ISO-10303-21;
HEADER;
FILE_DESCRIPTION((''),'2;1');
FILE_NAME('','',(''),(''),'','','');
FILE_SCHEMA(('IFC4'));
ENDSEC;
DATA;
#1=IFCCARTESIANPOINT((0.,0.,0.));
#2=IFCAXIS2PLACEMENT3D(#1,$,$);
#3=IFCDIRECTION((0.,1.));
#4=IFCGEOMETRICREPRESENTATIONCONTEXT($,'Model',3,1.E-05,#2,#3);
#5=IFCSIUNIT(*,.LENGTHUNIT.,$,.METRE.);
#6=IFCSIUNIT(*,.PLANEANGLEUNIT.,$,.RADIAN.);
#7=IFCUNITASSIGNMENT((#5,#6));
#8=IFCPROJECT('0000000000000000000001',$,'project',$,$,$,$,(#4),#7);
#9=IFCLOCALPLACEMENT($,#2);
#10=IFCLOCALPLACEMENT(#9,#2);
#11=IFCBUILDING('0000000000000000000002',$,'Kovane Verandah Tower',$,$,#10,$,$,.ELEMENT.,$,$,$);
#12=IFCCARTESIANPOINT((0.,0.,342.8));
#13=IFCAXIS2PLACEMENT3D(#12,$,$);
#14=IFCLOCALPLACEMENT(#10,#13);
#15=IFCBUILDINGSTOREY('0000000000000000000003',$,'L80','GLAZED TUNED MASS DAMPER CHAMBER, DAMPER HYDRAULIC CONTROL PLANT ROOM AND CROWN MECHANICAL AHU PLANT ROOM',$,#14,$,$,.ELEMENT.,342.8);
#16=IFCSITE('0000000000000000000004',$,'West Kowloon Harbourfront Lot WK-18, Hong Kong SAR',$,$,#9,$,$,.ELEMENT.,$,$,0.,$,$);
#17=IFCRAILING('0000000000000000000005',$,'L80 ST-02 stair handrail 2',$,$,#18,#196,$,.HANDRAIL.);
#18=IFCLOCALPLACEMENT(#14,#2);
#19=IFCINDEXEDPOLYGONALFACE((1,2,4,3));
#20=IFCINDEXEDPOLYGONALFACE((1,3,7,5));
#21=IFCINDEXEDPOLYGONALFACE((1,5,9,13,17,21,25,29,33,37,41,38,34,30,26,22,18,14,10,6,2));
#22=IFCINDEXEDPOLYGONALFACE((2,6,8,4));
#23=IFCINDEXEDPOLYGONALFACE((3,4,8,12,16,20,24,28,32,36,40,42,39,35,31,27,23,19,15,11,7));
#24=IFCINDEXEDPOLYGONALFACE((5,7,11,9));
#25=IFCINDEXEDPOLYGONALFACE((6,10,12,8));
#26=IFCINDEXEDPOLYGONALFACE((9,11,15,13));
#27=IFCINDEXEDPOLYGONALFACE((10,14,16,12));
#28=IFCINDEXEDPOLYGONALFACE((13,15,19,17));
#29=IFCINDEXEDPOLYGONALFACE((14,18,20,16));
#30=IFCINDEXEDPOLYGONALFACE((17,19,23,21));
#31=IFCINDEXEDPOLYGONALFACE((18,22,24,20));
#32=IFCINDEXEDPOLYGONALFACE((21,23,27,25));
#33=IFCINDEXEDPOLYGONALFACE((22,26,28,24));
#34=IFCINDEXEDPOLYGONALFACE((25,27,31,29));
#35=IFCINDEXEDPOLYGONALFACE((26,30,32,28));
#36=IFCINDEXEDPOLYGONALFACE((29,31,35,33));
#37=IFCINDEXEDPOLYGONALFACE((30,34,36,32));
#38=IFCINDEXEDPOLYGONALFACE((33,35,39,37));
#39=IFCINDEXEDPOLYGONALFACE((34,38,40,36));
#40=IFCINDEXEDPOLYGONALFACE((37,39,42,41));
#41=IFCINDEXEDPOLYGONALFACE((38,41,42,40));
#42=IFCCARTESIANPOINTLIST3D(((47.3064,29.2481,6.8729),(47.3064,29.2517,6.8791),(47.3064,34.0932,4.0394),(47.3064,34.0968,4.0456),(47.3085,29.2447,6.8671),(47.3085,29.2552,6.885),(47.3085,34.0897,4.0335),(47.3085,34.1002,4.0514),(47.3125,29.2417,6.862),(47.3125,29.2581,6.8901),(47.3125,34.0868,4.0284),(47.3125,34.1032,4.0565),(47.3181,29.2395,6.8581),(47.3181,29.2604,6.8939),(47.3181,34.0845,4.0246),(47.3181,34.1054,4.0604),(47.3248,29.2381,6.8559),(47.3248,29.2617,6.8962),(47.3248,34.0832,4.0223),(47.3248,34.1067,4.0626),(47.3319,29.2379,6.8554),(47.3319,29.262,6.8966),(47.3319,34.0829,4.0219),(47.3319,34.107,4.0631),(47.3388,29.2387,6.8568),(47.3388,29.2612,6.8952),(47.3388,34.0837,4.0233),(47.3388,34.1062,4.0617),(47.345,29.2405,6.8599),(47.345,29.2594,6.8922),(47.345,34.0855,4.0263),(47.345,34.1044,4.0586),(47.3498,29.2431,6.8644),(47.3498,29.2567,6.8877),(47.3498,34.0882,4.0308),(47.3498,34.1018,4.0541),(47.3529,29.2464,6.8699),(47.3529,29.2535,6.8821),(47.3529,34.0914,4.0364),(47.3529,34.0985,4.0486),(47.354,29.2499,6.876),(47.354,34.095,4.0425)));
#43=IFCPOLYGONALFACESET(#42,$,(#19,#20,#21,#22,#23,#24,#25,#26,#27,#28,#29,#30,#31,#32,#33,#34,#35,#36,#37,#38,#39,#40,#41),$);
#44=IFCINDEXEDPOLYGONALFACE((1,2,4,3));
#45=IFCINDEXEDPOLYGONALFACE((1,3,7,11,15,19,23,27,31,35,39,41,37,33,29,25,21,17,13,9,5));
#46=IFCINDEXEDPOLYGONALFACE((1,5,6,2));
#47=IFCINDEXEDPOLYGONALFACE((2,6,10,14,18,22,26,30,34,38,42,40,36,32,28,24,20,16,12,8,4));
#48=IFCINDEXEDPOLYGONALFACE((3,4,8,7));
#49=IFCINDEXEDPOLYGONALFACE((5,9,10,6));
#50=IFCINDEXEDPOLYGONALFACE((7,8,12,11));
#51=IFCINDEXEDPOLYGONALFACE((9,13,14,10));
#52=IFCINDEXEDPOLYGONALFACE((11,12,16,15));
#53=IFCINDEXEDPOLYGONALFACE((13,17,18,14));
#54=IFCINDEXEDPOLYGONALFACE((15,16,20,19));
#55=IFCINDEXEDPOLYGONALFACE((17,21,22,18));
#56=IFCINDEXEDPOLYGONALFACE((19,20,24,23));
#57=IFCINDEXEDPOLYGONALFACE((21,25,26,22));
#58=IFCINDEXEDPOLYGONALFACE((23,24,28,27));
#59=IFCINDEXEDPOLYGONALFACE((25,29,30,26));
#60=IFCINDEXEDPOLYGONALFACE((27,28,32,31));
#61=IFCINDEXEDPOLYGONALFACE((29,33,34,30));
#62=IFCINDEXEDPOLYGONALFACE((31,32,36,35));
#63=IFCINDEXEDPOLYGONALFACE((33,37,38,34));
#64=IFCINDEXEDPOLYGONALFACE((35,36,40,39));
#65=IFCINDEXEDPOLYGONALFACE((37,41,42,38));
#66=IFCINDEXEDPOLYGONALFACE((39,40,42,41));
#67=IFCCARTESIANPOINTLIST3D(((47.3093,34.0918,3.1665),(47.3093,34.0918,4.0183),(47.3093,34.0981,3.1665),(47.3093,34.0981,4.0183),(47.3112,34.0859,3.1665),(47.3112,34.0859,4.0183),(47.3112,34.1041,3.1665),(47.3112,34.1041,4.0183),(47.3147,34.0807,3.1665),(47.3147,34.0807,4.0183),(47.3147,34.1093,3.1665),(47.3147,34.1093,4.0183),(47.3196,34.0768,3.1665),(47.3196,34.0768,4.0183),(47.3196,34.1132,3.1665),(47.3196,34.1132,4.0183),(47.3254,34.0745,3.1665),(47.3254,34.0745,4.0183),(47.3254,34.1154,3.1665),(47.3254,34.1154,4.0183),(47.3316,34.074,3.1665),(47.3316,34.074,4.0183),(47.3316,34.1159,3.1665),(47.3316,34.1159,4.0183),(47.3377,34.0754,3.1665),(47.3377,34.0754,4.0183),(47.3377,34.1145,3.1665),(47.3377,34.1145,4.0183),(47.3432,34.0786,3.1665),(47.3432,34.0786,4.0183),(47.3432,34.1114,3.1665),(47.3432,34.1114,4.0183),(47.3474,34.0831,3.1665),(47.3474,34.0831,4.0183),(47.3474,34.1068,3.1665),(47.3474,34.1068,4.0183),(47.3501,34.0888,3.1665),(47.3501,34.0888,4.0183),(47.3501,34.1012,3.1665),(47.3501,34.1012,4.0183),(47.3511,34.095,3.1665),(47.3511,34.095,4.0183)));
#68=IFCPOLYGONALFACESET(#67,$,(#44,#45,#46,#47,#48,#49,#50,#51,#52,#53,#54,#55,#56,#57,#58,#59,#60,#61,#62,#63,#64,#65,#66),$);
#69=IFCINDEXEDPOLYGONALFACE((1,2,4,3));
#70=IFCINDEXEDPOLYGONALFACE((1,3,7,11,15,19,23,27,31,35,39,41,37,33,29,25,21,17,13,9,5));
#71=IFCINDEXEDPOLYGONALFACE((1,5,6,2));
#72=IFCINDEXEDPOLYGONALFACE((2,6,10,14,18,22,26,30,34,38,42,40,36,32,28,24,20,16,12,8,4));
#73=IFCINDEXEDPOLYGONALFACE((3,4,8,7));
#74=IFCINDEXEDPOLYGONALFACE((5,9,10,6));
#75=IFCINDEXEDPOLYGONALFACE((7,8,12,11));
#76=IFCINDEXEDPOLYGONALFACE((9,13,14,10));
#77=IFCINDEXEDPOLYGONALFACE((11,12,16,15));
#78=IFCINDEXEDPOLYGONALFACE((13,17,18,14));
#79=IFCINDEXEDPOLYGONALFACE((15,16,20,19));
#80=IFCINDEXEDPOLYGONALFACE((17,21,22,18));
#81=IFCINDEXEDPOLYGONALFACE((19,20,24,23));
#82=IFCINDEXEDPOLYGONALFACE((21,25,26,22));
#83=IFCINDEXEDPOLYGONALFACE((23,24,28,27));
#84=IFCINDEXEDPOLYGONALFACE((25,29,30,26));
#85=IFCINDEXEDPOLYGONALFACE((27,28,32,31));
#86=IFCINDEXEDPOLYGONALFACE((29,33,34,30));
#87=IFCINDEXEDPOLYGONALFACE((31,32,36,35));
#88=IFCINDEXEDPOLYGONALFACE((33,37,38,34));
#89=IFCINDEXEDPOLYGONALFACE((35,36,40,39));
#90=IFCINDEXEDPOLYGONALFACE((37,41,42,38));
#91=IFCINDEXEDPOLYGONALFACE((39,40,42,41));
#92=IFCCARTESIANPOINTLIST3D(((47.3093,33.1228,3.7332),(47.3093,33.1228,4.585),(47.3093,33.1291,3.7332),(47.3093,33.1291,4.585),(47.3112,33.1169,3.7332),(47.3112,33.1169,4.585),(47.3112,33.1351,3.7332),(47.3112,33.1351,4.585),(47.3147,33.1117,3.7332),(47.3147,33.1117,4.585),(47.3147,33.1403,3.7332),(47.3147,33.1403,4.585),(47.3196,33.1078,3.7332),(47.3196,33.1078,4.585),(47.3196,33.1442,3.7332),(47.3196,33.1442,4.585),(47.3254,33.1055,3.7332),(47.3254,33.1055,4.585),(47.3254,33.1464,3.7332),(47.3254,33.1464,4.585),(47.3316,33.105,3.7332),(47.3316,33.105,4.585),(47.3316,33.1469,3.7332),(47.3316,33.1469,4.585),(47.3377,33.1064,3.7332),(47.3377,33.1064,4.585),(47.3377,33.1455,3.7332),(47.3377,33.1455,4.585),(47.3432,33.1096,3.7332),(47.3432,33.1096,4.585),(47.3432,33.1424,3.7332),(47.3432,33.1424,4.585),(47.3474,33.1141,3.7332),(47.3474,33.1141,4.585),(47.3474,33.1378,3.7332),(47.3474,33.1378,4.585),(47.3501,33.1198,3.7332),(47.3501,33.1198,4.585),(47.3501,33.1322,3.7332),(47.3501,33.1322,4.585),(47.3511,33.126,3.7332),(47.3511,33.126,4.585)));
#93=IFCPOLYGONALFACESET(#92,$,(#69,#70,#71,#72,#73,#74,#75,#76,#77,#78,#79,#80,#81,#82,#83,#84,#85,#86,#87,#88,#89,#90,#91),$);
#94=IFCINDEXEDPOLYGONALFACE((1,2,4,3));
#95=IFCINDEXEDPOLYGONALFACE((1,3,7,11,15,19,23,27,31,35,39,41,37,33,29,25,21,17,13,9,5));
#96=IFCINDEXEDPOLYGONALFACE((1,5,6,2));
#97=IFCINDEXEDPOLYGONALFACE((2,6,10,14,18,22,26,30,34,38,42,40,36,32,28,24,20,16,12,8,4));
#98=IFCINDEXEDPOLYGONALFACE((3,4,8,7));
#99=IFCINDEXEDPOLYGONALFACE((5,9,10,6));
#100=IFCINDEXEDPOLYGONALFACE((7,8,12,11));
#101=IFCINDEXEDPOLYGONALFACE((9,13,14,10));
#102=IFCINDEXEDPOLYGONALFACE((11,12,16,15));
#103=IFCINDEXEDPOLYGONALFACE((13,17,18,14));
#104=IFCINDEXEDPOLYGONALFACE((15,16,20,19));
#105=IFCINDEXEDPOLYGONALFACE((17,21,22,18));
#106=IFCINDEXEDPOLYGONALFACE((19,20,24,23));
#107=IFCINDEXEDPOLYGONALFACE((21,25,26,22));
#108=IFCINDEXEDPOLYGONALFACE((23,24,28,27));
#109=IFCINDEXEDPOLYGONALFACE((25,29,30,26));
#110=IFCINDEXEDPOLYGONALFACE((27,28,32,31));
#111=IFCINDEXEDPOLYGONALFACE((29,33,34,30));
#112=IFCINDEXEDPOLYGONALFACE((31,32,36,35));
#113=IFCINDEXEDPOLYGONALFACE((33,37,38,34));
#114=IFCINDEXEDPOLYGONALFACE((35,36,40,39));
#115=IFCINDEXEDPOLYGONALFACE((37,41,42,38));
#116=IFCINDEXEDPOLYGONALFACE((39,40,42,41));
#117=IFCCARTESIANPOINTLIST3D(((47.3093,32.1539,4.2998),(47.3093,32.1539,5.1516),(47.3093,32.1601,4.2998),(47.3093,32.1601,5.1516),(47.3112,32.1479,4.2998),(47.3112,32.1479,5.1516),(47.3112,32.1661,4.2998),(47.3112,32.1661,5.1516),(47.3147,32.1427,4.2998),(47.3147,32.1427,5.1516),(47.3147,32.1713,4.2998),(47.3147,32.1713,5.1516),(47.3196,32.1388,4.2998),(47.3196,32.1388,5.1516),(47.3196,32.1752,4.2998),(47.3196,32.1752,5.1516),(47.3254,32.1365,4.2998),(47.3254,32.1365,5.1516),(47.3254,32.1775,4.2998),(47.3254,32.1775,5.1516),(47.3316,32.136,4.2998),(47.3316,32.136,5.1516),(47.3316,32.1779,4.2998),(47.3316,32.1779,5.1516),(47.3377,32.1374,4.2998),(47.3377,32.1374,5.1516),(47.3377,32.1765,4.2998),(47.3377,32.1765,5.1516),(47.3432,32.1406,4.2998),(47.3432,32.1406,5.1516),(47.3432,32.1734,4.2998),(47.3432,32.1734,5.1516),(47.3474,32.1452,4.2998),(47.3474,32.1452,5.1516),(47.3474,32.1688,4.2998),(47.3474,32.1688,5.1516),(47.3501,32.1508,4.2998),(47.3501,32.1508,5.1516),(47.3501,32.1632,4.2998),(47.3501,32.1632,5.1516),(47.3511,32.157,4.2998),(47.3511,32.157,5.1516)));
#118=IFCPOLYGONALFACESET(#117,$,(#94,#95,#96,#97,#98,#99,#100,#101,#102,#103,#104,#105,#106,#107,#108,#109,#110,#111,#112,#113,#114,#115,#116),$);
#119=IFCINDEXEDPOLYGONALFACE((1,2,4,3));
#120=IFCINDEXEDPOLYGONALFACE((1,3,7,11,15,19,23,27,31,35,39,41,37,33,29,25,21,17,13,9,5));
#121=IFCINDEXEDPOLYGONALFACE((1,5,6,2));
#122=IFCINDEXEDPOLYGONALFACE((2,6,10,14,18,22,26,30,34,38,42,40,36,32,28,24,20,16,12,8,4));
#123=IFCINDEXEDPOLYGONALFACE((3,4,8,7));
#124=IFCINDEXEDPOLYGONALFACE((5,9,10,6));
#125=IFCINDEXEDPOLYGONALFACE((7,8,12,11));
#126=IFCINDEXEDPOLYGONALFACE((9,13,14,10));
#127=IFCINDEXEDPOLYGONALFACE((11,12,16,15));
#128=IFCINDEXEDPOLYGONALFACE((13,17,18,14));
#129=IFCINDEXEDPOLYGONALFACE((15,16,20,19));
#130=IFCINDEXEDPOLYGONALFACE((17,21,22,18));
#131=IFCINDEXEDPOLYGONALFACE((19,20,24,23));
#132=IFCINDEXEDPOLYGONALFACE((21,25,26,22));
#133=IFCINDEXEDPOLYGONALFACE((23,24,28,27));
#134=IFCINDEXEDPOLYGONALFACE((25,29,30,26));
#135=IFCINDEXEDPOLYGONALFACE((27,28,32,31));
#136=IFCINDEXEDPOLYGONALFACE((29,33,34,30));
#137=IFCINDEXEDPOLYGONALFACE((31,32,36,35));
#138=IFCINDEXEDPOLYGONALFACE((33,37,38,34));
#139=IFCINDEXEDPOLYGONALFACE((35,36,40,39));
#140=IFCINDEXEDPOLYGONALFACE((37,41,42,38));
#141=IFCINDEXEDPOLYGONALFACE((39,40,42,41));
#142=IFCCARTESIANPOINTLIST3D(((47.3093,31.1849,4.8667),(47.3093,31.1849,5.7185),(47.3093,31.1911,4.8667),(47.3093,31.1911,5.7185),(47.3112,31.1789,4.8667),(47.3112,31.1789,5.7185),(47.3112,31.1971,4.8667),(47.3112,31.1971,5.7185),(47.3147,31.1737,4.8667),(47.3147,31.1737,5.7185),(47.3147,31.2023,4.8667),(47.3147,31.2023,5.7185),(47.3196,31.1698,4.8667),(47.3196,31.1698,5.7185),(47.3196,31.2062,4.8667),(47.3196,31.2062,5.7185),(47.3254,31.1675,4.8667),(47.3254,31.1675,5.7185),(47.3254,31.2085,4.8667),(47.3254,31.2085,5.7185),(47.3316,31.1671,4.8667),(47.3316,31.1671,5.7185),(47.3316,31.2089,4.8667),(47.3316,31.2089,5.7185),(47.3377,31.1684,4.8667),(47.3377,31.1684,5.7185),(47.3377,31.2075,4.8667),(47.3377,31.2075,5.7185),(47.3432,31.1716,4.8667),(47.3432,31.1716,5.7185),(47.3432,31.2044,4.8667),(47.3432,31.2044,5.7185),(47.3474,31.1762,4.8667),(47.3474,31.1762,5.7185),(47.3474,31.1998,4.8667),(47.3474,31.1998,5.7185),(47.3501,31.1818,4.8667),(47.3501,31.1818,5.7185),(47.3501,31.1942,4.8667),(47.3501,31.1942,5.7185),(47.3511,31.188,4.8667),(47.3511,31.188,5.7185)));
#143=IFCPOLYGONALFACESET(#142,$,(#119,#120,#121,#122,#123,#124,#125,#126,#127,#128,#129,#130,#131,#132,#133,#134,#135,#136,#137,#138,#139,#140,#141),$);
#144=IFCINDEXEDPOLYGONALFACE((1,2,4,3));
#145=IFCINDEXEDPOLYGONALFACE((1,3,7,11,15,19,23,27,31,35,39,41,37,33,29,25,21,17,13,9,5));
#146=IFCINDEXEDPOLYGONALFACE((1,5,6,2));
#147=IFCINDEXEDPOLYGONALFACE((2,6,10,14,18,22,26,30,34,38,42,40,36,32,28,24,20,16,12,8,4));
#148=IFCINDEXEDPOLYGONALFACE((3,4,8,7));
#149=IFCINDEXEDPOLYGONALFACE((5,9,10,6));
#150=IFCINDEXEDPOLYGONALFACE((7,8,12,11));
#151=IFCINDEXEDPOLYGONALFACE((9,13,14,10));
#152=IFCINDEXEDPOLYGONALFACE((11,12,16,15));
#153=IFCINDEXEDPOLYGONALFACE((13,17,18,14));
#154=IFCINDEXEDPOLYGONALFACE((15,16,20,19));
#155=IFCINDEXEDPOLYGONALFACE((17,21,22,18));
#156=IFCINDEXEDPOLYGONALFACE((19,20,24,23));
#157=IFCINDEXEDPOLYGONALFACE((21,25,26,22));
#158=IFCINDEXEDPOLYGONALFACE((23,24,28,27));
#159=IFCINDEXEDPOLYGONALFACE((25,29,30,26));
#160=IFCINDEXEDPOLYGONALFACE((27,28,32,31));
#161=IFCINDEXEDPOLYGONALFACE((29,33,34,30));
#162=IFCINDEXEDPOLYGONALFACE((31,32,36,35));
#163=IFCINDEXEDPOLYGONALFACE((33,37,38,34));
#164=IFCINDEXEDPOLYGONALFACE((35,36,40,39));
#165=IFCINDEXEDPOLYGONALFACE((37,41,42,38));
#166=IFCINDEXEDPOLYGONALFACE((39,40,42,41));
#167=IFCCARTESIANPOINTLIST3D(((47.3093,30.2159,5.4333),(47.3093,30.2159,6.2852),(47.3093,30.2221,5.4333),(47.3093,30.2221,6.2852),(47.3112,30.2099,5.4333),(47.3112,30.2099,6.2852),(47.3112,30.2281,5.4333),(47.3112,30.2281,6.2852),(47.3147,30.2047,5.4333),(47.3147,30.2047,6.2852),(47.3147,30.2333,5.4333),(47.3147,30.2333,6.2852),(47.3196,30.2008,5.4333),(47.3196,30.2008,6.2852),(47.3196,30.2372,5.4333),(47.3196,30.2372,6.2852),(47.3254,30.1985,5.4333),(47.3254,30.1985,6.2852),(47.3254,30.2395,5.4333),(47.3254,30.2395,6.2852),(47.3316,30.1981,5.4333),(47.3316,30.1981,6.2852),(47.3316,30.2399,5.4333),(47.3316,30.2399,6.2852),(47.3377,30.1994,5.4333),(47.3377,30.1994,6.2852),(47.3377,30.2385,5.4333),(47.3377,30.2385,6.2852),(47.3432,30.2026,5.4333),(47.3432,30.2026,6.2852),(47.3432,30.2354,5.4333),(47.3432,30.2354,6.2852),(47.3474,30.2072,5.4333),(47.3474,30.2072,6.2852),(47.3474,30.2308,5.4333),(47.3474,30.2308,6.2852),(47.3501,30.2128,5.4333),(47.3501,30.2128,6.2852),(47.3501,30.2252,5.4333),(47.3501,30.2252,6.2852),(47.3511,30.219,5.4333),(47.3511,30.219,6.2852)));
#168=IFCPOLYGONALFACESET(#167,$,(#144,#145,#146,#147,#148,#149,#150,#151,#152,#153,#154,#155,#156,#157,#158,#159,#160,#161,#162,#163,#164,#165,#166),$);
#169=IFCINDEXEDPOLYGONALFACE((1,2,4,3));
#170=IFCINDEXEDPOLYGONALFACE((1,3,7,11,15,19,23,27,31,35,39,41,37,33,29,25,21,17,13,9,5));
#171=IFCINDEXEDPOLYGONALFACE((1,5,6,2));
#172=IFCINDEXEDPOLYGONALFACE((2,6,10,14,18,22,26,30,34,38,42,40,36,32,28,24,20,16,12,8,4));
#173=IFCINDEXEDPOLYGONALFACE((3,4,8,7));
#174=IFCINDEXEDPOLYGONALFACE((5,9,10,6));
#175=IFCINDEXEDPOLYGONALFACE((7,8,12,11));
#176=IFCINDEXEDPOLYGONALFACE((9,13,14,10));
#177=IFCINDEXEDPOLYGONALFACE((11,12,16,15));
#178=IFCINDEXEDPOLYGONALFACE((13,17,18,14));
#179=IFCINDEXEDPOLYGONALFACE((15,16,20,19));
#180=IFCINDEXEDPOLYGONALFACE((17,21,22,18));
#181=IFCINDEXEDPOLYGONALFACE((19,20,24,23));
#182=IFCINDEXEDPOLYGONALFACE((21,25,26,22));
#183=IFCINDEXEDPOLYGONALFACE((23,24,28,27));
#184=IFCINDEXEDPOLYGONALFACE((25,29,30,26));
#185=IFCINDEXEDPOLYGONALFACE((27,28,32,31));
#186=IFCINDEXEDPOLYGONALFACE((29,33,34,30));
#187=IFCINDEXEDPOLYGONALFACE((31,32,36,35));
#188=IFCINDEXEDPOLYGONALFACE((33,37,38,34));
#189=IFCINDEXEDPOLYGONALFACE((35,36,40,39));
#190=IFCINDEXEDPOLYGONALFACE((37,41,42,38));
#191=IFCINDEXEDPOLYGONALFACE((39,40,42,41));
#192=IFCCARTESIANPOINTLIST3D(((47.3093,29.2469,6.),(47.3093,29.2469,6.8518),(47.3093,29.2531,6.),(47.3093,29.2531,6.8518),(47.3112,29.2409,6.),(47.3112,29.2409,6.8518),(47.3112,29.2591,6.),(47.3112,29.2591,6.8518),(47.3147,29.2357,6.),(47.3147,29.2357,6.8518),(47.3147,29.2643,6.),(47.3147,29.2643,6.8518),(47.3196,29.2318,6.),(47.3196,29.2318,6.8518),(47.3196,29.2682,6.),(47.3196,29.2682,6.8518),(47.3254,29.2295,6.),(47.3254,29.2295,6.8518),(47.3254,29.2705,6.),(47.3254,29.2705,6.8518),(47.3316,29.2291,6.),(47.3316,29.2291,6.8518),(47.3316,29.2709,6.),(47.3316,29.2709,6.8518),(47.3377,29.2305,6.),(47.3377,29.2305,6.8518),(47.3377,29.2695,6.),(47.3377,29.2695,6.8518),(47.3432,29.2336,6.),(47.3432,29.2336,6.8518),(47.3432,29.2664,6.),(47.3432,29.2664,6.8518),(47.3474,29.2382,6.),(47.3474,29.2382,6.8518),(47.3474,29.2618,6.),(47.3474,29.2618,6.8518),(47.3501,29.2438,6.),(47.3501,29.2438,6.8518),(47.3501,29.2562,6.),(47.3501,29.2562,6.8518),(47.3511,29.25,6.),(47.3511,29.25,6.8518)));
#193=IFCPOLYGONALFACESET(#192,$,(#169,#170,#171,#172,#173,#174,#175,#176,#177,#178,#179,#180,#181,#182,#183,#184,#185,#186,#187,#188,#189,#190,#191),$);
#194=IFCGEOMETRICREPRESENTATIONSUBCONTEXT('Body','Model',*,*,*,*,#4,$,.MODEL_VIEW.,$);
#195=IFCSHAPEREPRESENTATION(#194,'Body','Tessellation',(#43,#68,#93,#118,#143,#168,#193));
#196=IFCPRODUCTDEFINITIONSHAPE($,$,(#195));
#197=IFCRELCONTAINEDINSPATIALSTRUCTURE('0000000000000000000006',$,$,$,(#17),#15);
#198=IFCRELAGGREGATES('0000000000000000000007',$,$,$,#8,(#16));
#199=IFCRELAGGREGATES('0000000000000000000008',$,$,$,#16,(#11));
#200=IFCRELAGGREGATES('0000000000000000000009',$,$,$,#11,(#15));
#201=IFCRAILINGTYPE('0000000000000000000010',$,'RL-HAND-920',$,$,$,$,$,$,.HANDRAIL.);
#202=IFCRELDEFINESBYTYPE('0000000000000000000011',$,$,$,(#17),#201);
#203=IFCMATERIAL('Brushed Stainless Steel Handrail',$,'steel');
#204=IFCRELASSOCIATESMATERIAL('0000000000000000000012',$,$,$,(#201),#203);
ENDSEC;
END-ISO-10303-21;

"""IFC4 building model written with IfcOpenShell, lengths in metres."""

from ifc_helpers import new_model, si_unit, direction, frame, origin, origin_2d, place, context, subcontext, project, spatial, circle, extrude, material, type_object, element, save


model = new_model("IFC4")

# Units and contexts
model_context = context("Model", 3, precision=1e-05, world=origin(), true_north=direction((0.0, 1.0)))
body_context = subcontext(model_context, "Body", "Model", "MODEL_VIEW")
ifc_project = project(units=[si_unit("LENGTHUNIT", "METRE"), si_unit("PLANEANGLEUNIT", "RADIAN")], contexts=[model_context])

# Site, building, storey
site_placement = place(None, origin())
site = spatial("IfcSite", under=ifc_project, at=site_placement, Name="West Kowloon Harbourfront Lot WK-18, Hong Kong SAR", CompositionType="ELEMENT", RefElevation=0.0)
building_placement = place(site_placement, origin())
building = spatial("IfcBuilding", under=site, at=building_placement, Name="Kovane Verandah Tower", CompositionType="ELEMENT")
storey_placement = place(building_placement, frame((0.0, 0.0, 342.8)))
storey = spatial("IfcBuildingStorey", under=building, at=storey_placement, Name="L80", Description="GLAZED TUNED MASS DAMPER CHAMBER, DAMPER HYDRAULIC CONTROL PLANT ROOM AND CROWN MECHANICAL AHU PLANT ROOM", CompositionType="ELEMENT", Elevation=342.8)

# Railing
ifc_material_1 = material(Name="Brushed Stainless Steel Handrail", Category="steel")
railing_type_1 = type_object("IfcRailingType", Name="RL-HAND-920", PredefinedType="HANDRAIL", material=ifc_material_1)
railing_1_placement = place(storey_placement, frame((47.3301, 34.095, 3.1665)))
element("IfcRailing", 1, at=railing_1_placement, inside=storey, type_object=railing_type_1, Name="L80 ST-02 stair handrail 2", PredefinedType="HANDRAIL", context=body_context, shape_type="SweptSolid", body=[
    extrude(circle(Radius=0.0239, at=origin_2d()), frame((0.0, 0.0, 0.876), z_axis=(0.0, -0.863215, 0.504836), x_axis=(1.0, 0.0, 0.0)), (0.0, 0.0, 1.0), 5.6128),
    extrude(circle(Radius=0.021, at=origin_2d()), origin(), (0.0, 0.0, 1.0), 0.8518),
    extrude(circle(Radius=0.021, at=origin_2d()), frame((0.0, -0.969, 0.5667)), (0.0, 0.0, 1.0), 0.8518),
    extrude(circle(Radius=0.021, at=origin_2d()), frame((0.0, -1.938, 1.1333)), (0.0, 0.0, 1.0), 0.8518),
    extrude(circle(Radius=0.021, at=origin_2d()), frame((0.0, -2.907, 1.7002)), (0.0, 0.0, 1.0), 0.8518),
    extrude(circle(Radius=0.021, at=origin_2d()), frame((0.0, -3.876, 2.2668)), (0.0, 0.0, 1.0), 0.8518),
    extrude(circle(Radius=0.021, at=origin_2d()), frame((0.0, -4.845, 2.8335)), (0.0, 0.0, 1.0), 0.8518),
])

save(model, "model.ifc")
